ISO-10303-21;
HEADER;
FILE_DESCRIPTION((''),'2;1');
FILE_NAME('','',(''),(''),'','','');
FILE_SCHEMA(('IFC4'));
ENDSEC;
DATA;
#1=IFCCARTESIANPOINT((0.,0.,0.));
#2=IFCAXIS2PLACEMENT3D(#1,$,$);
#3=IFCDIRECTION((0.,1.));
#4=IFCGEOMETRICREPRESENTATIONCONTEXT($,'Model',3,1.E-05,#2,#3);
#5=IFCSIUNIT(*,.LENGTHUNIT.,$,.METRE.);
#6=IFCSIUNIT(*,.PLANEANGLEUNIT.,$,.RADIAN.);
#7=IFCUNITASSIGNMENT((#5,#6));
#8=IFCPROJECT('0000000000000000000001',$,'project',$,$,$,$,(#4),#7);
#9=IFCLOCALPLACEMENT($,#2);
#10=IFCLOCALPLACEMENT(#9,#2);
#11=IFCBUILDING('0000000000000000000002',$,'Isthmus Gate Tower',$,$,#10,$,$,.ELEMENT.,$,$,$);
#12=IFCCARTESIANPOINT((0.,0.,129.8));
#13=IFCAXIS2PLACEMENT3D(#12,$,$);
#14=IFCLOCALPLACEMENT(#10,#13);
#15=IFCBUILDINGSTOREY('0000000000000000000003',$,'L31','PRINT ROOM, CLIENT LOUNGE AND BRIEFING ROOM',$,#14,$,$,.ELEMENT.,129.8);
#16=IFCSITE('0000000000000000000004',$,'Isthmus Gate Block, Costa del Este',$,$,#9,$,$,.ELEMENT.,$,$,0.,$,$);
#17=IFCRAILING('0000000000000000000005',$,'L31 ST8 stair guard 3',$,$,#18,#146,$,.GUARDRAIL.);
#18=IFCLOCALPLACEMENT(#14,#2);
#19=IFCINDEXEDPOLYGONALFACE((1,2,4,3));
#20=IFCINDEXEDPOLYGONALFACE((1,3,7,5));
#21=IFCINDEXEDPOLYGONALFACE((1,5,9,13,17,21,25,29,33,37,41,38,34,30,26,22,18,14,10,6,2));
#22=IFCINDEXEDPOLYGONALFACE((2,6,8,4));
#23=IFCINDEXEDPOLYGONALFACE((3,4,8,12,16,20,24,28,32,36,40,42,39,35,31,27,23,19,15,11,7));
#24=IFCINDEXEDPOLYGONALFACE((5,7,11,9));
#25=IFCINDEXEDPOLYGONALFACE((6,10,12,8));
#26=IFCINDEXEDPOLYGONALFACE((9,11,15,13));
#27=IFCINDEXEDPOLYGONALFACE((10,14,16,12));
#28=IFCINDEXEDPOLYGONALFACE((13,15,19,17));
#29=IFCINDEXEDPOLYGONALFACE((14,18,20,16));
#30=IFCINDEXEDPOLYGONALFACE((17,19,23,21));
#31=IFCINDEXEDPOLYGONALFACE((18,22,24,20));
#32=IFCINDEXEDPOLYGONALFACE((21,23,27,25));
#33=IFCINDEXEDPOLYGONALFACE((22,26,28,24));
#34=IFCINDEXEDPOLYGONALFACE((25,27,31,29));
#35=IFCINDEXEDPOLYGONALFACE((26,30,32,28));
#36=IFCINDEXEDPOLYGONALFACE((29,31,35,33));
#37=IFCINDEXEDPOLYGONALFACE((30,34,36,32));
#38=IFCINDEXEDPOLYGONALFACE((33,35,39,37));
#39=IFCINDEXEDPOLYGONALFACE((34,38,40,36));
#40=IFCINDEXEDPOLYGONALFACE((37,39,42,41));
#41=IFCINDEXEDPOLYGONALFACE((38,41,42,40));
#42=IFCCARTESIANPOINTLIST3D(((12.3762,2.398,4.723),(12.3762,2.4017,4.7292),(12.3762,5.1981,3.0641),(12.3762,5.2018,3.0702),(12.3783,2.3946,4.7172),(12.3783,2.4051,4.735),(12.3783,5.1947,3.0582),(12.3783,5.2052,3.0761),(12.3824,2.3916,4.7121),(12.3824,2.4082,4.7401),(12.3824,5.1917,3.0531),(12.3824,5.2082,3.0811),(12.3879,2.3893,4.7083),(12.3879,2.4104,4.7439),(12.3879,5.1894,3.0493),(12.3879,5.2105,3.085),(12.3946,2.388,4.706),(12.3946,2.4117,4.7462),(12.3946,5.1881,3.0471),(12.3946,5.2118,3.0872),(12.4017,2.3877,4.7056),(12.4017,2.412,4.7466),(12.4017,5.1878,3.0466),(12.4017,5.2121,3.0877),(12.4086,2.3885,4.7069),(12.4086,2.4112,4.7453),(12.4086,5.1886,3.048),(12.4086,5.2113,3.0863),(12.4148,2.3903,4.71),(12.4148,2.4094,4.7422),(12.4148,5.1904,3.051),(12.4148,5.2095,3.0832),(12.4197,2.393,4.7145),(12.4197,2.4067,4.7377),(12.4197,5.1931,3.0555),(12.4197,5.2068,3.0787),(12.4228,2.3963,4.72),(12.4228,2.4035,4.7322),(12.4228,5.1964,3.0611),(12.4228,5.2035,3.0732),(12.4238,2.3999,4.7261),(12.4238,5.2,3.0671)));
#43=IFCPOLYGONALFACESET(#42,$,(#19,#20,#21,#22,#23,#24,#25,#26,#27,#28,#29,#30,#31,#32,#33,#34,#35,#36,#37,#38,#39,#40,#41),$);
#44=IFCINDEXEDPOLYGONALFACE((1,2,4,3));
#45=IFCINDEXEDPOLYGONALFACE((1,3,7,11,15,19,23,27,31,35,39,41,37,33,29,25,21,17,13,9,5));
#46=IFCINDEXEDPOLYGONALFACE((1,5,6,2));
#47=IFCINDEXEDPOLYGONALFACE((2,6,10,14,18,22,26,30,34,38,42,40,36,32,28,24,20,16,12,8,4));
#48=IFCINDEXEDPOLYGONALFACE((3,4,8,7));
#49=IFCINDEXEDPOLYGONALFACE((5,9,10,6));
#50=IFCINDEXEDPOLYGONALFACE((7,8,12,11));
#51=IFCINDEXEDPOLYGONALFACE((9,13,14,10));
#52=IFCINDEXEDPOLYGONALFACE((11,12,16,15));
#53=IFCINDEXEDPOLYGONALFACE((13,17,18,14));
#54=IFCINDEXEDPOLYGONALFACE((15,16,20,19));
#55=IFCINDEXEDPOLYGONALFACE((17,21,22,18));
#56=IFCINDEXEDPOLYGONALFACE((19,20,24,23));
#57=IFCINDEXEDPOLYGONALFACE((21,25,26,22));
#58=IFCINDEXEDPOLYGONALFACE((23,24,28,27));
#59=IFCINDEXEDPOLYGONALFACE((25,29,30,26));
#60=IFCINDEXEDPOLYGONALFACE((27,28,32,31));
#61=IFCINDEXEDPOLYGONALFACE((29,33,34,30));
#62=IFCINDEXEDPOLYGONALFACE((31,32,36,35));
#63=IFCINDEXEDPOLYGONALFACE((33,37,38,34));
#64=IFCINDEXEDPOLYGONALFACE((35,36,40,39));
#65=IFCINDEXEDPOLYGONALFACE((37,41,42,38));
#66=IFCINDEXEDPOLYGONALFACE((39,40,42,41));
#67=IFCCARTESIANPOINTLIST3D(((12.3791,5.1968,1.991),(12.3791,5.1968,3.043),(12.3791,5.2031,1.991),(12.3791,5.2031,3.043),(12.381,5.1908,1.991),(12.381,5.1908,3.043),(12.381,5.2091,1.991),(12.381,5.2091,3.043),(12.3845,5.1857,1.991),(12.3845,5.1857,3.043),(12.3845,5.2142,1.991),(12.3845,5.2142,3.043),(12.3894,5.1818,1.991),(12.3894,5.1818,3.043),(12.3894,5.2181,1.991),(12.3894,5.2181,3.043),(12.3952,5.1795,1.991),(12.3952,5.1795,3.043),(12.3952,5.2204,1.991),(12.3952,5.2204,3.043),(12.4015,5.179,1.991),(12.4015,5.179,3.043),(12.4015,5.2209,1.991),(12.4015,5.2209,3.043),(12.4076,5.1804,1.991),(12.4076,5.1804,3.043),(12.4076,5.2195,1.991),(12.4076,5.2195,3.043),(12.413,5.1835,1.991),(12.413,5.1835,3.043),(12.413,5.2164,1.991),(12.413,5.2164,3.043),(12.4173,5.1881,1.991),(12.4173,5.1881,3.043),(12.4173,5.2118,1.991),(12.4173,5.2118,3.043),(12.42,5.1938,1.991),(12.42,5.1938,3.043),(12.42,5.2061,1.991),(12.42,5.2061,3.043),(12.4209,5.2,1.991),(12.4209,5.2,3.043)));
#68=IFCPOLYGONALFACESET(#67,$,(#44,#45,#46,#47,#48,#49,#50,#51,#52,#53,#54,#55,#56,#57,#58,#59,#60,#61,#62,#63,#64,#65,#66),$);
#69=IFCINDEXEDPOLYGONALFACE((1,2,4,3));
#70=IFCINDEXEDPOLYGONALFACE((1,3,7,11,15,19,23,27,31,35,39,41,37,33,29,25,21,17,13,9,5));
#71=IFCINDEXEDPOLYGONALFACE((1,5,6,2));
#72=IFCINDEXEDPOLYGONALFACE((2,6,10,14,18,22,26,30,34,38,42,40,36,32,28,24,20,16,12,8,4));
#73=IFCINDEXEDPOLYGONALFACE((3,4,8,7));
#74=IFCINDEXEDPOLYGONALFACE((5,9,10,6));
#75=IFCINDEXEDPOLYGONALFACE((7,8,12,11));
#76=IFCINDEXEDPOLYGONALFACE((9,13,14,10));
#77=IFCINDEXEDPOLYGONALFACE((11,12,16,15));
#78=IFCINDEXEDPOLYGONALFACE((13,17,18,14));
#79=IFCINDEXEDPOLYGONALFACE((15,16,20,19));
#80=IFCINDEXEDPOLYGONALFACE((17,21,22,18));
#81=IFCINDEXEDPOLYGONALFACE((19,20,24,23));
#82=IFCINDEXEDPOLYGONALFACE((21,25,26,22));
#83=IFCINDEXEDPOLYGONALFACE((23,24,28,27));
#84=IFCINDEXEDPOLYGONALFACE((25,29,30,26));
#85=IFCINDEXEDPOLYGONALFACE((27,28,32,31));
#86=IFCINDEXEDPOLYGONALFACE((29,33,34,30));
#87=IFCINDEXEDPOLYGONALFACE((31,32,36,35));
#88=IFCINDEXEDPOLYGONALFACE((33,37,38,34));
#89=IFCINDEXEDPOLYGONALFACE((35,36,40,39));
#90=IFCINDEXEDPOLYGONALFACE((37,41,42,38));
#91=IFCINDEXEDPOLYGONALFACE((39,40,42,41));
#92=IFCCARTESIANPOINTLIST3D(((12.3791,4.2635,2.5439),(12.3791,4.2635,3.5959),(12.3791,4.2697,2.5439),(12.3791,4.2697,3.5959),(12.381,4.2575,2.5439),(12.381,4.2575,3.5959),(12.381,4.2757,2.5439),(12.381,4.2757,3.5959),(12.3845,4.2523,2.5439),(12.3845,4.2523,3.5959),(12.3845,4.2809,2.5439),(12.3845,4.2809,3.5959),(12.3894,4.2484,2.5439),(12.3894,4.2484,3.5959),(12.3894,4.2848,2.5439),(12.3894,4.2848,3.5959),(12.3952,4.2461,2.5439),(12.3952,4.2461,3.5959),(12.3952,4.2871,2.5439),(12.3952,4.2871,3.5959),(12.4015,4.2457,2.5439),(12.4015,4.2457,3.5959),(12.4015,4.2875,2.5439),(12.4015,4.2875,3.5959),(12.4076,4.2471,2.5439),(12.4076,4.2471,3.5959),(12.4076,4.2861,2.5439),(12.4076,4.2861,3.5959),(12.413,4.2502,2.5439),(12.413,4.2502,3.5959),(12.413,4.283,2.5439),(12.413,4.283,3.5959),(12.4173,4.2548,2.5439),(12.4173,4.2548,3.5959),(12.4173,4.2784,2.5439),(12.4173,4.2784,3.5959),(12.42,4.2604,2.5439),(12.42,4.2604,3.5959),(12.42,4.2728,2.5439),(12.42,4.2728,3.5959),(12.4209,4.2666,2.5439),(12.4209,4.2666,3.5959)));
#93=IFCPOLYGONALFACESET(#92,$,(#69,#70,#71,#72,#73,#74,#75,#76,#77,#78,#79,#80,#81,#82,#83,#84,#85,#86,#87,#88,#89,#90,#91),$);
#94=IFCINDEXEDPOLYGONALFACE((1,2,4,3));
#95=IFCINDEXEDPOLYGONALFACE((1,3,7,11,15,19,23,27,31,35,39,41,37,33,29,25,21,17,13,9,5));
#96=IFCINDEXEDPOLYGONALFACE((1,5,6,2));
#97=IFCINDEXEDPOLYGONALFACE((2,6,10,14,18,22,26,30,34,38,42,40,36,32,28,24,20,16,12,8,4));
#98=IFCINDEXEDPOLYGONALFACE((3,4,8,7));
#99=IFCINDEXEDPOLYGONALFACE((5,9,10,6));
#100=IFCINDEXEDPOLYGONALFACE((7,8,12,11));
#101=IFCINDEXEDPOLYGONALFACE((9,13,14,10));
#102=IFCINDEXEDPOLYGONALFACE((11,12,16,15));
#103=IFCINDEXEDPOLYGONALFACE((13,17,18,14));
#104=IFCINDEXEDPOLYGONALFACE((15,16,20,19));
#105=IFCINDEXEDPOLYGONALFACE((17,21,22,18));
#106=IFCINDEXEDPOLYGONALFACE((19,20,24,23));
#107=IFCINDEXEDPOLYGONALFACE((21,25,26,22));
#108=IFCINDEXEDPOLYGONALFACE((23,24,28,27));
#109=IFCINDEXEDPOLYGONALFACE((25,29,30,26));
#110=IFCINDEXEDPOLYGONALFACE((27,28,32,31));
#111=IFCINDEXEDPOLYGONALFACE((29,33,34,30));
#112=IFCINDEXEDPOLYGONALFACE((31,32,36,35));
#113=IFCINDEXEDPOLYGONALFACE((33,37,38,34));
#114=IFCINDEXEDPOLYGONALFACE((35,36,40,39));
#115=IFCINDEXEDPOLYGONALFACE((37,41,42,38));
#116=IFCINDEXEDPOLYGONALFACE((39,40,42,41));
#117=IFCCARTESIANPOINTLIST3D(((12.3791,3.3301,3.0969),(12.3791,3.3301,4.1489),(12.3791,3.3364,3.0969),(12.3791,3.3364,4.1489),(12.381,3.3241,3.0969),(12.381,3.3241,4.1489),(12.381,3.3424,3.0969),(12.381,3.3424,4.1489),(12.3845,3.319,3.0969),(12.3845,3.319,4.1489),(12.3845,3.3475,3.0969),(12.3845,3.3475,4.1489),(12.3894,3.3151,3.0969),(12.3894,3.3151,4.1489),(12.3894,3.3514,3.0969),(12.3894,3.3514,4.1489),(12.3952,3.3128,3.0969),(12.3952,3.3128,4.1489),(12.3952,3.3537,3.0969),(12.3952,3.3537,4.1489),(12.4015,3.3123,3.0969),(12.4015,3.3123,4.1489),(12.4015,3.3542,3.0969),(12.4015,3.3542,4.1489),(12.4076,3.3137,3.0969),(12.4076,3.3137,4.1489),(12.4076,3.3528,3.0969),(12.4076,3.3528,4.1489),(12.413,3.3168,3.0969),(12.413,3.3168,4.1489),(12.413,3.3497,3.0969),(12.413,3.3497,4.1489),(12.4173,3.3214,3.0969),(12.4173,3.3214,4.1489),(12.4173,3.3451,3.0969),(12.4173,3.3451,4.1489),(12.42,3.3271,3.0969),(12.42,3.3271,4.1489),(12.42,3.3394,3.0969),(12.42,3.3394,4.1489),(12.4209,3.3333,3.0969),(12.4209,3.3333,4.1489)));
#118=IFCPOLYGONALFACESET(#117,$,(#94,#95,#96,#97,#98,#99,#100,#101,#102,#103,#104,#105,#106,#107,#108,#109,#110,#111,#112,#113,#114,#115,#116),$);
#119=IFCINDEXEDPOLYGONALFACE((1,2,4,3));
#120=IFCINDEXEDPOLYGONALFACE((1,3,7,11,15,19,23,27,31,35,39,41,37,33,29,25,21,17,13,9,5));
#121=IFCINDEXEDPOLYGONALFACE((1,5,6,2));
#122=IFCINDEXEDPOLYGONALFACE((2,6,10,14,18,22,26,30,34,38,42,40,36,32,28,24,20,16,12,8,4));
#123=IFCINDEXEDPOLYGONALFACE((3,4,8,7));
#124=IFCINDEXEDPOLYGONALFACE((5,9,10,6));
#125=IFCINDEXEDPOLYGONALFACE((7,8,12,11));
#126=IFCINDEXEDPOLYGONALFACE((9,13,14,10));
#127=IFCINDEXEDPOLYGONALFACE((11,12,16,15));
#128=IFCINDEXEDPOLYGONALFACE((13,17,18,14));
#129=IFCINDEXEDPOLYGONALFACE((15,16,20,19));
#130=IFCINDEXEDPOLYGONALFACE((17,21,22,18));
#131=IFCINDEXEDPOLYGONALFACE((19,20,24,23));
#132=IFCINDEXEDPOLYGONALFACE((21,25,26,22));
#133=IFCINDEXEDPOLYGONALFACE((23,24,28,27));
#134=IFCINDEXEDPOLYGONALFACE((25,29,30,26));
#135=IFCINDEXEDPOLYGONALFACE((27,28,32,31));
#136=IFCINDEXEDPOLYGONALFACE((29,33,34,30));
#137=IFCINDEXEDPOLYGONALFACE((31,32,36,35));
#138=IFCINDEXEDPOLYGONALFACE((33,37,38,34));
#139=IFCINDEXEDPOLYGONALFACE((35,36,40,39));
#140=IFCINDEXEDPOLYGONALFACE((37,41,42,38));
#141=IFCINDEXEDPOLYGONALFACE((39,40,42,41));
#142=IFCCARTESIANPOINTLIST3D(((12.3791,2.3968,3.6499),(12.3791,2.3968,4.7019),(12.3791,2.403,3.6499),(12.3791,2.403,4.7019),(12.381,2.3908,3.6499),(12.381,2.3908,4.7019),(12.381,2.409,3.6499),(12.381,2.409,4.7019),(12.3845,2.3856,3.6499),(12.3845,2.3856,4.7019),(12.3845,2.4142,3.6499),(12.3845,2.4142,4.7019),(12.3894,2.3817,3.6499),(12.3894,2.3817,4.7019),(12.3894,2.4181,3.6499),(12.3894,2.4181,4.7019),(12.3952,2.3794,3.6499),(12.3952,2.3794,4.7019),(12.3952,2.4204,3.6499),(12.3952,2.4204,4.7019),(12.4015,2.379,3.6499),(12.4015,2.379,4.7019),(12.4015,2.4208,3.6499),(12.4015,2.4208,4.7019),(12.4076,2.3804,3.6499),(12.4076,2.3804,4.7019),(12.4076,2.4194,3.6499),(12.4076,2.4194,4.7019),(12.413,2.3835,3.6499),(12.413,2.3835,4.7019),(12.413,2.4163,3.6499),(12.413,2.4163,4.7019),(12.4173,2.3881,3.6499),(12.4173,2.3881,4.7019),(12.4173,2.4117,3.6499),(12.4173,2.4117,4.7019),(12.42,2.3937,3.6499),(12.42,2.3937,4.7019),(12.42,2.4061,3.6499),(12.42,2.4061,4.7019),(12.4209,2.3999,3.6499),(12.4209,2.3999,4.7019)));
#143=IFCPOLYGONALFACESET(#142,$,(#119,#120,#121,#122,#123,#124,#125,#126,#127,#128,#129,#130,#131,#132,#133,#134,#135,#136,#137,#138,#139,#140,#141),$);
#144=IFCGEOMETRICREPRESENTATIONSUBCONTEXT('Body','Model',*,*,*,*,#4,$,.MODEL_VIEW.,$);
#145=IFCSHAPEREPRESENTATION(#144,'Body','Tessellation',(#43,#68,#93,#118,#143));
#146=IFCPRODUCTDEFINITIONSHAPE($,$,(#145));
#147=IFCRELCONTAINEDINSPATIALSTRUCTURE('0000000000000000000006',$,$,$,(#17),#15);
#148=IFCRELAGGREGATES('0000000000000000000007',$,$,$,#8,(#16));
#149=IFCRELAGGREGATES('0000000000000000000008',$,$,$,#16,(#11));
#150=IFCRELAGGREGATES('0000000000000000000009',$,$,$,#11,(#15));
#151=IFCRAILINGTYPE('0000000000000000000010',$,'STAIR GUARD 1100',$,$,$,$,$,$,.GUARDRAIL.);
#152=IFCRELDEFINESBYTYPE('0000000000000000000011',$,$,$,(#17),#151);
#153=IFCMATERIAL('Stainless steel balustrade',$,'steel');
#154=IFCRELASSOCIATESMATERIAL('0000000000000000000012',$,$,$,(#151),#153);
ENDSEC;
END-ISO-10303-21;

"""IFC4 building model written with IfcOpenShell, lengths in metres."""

from ifc_helpers import new_model, si_unit, direction, frame, origin, origin_2d, place, context, subcontext, project, spatial, circle, extrude, material, type_object, element, save


model = new_model("IFC4")

# Units and contexts
model_context = context("Model", 3, precision=1e-05, world=origin(), true_north=direction((0.0, 1.0)))
body_context = subcontext(model_context, "Body", "Model", "MODEL_VIEW")
ifc_project = project(units=[si_unit("LENGTHUNIT", "METRE"), si_unit("PLANEANGLEUNIT", "RADIAN")], contexts=[model_context])

# Site, building, storey
site_placement = place(None, origin())
site = spatial("IfcSite", under=ifc_project, at=site_placement, Name="Isthmus Gate Block, Costa del Este", CompositionType="ELEMENT", RefElevation=0.0)
building_placement = place(site_placement, origin())
building = spatial("IfcBuilding", under=site, at=building_placement, Name="Isthmus Gate Tower", CompositionType="ELEMENT")
storey_placement = place(building_placement, frame((0.0, 0.0, 129.8)))
storey = spatial("IfcBuildingStorey", under=building, at=storey_placement, Name="L31", Description="PRINT ROOM, CLIENT LOUNGE AND BRIEFING ROOM", CompositionType="ELEMENT", Elevation=129.8)

# Railing
ifc_material_1 = material(Name="Stainless steel balustrade", Category="steel")
railing_type_1 = type_object("IfcRailingType", Name="STAIR GUARD 1100", PredefinedType="GUARDRAIL", material=ifc_material_1)
railing_1_placement = place(storey_placement, frame((12.3999, 5.2, 1.991)))
element("IfcRailing", 1, at=railing_1_placement, inside=storey, type_object=railing_type_1, Name="L31 ST8 stair guard 3", PredefinedType="GUARDRAIL", context=body_context, shape_type="SweptSolid", body=[
    extrude(circle(Radius=0.0239, at=origin_2d()), frame((0.0, 0.0, 1.0762), z_axis=(0.0, -0.860339, 0.509722), x_axis=(1.0, 0.0, 0.0)), (0.0, 0.0, 1.0), 3.2546),
    extrude(circle(Radius=0.021, at=origin_2d()), origin(), (0.0, 0.0, 1.0), 1.052),
    extrude(circle(Radius=0.021, at=origin_2d()), frame((0.0, -0.9333, 0.553)), (0.0, 0.0, 1.0), 1.052),
    extrude(circle(Radius=0.021, at=origin_2d()), frame((0.0, -1.8667, 1.106)), (0.0, 0.0, 1.0), 1.052),
    extrude(circle(Radius=0.021, at=origin_2d()), frame((0.0, -2.8, 1.6589)), (0.0, 0.0, 1.0), 1.052),
])

save(model, "model.ifc")
